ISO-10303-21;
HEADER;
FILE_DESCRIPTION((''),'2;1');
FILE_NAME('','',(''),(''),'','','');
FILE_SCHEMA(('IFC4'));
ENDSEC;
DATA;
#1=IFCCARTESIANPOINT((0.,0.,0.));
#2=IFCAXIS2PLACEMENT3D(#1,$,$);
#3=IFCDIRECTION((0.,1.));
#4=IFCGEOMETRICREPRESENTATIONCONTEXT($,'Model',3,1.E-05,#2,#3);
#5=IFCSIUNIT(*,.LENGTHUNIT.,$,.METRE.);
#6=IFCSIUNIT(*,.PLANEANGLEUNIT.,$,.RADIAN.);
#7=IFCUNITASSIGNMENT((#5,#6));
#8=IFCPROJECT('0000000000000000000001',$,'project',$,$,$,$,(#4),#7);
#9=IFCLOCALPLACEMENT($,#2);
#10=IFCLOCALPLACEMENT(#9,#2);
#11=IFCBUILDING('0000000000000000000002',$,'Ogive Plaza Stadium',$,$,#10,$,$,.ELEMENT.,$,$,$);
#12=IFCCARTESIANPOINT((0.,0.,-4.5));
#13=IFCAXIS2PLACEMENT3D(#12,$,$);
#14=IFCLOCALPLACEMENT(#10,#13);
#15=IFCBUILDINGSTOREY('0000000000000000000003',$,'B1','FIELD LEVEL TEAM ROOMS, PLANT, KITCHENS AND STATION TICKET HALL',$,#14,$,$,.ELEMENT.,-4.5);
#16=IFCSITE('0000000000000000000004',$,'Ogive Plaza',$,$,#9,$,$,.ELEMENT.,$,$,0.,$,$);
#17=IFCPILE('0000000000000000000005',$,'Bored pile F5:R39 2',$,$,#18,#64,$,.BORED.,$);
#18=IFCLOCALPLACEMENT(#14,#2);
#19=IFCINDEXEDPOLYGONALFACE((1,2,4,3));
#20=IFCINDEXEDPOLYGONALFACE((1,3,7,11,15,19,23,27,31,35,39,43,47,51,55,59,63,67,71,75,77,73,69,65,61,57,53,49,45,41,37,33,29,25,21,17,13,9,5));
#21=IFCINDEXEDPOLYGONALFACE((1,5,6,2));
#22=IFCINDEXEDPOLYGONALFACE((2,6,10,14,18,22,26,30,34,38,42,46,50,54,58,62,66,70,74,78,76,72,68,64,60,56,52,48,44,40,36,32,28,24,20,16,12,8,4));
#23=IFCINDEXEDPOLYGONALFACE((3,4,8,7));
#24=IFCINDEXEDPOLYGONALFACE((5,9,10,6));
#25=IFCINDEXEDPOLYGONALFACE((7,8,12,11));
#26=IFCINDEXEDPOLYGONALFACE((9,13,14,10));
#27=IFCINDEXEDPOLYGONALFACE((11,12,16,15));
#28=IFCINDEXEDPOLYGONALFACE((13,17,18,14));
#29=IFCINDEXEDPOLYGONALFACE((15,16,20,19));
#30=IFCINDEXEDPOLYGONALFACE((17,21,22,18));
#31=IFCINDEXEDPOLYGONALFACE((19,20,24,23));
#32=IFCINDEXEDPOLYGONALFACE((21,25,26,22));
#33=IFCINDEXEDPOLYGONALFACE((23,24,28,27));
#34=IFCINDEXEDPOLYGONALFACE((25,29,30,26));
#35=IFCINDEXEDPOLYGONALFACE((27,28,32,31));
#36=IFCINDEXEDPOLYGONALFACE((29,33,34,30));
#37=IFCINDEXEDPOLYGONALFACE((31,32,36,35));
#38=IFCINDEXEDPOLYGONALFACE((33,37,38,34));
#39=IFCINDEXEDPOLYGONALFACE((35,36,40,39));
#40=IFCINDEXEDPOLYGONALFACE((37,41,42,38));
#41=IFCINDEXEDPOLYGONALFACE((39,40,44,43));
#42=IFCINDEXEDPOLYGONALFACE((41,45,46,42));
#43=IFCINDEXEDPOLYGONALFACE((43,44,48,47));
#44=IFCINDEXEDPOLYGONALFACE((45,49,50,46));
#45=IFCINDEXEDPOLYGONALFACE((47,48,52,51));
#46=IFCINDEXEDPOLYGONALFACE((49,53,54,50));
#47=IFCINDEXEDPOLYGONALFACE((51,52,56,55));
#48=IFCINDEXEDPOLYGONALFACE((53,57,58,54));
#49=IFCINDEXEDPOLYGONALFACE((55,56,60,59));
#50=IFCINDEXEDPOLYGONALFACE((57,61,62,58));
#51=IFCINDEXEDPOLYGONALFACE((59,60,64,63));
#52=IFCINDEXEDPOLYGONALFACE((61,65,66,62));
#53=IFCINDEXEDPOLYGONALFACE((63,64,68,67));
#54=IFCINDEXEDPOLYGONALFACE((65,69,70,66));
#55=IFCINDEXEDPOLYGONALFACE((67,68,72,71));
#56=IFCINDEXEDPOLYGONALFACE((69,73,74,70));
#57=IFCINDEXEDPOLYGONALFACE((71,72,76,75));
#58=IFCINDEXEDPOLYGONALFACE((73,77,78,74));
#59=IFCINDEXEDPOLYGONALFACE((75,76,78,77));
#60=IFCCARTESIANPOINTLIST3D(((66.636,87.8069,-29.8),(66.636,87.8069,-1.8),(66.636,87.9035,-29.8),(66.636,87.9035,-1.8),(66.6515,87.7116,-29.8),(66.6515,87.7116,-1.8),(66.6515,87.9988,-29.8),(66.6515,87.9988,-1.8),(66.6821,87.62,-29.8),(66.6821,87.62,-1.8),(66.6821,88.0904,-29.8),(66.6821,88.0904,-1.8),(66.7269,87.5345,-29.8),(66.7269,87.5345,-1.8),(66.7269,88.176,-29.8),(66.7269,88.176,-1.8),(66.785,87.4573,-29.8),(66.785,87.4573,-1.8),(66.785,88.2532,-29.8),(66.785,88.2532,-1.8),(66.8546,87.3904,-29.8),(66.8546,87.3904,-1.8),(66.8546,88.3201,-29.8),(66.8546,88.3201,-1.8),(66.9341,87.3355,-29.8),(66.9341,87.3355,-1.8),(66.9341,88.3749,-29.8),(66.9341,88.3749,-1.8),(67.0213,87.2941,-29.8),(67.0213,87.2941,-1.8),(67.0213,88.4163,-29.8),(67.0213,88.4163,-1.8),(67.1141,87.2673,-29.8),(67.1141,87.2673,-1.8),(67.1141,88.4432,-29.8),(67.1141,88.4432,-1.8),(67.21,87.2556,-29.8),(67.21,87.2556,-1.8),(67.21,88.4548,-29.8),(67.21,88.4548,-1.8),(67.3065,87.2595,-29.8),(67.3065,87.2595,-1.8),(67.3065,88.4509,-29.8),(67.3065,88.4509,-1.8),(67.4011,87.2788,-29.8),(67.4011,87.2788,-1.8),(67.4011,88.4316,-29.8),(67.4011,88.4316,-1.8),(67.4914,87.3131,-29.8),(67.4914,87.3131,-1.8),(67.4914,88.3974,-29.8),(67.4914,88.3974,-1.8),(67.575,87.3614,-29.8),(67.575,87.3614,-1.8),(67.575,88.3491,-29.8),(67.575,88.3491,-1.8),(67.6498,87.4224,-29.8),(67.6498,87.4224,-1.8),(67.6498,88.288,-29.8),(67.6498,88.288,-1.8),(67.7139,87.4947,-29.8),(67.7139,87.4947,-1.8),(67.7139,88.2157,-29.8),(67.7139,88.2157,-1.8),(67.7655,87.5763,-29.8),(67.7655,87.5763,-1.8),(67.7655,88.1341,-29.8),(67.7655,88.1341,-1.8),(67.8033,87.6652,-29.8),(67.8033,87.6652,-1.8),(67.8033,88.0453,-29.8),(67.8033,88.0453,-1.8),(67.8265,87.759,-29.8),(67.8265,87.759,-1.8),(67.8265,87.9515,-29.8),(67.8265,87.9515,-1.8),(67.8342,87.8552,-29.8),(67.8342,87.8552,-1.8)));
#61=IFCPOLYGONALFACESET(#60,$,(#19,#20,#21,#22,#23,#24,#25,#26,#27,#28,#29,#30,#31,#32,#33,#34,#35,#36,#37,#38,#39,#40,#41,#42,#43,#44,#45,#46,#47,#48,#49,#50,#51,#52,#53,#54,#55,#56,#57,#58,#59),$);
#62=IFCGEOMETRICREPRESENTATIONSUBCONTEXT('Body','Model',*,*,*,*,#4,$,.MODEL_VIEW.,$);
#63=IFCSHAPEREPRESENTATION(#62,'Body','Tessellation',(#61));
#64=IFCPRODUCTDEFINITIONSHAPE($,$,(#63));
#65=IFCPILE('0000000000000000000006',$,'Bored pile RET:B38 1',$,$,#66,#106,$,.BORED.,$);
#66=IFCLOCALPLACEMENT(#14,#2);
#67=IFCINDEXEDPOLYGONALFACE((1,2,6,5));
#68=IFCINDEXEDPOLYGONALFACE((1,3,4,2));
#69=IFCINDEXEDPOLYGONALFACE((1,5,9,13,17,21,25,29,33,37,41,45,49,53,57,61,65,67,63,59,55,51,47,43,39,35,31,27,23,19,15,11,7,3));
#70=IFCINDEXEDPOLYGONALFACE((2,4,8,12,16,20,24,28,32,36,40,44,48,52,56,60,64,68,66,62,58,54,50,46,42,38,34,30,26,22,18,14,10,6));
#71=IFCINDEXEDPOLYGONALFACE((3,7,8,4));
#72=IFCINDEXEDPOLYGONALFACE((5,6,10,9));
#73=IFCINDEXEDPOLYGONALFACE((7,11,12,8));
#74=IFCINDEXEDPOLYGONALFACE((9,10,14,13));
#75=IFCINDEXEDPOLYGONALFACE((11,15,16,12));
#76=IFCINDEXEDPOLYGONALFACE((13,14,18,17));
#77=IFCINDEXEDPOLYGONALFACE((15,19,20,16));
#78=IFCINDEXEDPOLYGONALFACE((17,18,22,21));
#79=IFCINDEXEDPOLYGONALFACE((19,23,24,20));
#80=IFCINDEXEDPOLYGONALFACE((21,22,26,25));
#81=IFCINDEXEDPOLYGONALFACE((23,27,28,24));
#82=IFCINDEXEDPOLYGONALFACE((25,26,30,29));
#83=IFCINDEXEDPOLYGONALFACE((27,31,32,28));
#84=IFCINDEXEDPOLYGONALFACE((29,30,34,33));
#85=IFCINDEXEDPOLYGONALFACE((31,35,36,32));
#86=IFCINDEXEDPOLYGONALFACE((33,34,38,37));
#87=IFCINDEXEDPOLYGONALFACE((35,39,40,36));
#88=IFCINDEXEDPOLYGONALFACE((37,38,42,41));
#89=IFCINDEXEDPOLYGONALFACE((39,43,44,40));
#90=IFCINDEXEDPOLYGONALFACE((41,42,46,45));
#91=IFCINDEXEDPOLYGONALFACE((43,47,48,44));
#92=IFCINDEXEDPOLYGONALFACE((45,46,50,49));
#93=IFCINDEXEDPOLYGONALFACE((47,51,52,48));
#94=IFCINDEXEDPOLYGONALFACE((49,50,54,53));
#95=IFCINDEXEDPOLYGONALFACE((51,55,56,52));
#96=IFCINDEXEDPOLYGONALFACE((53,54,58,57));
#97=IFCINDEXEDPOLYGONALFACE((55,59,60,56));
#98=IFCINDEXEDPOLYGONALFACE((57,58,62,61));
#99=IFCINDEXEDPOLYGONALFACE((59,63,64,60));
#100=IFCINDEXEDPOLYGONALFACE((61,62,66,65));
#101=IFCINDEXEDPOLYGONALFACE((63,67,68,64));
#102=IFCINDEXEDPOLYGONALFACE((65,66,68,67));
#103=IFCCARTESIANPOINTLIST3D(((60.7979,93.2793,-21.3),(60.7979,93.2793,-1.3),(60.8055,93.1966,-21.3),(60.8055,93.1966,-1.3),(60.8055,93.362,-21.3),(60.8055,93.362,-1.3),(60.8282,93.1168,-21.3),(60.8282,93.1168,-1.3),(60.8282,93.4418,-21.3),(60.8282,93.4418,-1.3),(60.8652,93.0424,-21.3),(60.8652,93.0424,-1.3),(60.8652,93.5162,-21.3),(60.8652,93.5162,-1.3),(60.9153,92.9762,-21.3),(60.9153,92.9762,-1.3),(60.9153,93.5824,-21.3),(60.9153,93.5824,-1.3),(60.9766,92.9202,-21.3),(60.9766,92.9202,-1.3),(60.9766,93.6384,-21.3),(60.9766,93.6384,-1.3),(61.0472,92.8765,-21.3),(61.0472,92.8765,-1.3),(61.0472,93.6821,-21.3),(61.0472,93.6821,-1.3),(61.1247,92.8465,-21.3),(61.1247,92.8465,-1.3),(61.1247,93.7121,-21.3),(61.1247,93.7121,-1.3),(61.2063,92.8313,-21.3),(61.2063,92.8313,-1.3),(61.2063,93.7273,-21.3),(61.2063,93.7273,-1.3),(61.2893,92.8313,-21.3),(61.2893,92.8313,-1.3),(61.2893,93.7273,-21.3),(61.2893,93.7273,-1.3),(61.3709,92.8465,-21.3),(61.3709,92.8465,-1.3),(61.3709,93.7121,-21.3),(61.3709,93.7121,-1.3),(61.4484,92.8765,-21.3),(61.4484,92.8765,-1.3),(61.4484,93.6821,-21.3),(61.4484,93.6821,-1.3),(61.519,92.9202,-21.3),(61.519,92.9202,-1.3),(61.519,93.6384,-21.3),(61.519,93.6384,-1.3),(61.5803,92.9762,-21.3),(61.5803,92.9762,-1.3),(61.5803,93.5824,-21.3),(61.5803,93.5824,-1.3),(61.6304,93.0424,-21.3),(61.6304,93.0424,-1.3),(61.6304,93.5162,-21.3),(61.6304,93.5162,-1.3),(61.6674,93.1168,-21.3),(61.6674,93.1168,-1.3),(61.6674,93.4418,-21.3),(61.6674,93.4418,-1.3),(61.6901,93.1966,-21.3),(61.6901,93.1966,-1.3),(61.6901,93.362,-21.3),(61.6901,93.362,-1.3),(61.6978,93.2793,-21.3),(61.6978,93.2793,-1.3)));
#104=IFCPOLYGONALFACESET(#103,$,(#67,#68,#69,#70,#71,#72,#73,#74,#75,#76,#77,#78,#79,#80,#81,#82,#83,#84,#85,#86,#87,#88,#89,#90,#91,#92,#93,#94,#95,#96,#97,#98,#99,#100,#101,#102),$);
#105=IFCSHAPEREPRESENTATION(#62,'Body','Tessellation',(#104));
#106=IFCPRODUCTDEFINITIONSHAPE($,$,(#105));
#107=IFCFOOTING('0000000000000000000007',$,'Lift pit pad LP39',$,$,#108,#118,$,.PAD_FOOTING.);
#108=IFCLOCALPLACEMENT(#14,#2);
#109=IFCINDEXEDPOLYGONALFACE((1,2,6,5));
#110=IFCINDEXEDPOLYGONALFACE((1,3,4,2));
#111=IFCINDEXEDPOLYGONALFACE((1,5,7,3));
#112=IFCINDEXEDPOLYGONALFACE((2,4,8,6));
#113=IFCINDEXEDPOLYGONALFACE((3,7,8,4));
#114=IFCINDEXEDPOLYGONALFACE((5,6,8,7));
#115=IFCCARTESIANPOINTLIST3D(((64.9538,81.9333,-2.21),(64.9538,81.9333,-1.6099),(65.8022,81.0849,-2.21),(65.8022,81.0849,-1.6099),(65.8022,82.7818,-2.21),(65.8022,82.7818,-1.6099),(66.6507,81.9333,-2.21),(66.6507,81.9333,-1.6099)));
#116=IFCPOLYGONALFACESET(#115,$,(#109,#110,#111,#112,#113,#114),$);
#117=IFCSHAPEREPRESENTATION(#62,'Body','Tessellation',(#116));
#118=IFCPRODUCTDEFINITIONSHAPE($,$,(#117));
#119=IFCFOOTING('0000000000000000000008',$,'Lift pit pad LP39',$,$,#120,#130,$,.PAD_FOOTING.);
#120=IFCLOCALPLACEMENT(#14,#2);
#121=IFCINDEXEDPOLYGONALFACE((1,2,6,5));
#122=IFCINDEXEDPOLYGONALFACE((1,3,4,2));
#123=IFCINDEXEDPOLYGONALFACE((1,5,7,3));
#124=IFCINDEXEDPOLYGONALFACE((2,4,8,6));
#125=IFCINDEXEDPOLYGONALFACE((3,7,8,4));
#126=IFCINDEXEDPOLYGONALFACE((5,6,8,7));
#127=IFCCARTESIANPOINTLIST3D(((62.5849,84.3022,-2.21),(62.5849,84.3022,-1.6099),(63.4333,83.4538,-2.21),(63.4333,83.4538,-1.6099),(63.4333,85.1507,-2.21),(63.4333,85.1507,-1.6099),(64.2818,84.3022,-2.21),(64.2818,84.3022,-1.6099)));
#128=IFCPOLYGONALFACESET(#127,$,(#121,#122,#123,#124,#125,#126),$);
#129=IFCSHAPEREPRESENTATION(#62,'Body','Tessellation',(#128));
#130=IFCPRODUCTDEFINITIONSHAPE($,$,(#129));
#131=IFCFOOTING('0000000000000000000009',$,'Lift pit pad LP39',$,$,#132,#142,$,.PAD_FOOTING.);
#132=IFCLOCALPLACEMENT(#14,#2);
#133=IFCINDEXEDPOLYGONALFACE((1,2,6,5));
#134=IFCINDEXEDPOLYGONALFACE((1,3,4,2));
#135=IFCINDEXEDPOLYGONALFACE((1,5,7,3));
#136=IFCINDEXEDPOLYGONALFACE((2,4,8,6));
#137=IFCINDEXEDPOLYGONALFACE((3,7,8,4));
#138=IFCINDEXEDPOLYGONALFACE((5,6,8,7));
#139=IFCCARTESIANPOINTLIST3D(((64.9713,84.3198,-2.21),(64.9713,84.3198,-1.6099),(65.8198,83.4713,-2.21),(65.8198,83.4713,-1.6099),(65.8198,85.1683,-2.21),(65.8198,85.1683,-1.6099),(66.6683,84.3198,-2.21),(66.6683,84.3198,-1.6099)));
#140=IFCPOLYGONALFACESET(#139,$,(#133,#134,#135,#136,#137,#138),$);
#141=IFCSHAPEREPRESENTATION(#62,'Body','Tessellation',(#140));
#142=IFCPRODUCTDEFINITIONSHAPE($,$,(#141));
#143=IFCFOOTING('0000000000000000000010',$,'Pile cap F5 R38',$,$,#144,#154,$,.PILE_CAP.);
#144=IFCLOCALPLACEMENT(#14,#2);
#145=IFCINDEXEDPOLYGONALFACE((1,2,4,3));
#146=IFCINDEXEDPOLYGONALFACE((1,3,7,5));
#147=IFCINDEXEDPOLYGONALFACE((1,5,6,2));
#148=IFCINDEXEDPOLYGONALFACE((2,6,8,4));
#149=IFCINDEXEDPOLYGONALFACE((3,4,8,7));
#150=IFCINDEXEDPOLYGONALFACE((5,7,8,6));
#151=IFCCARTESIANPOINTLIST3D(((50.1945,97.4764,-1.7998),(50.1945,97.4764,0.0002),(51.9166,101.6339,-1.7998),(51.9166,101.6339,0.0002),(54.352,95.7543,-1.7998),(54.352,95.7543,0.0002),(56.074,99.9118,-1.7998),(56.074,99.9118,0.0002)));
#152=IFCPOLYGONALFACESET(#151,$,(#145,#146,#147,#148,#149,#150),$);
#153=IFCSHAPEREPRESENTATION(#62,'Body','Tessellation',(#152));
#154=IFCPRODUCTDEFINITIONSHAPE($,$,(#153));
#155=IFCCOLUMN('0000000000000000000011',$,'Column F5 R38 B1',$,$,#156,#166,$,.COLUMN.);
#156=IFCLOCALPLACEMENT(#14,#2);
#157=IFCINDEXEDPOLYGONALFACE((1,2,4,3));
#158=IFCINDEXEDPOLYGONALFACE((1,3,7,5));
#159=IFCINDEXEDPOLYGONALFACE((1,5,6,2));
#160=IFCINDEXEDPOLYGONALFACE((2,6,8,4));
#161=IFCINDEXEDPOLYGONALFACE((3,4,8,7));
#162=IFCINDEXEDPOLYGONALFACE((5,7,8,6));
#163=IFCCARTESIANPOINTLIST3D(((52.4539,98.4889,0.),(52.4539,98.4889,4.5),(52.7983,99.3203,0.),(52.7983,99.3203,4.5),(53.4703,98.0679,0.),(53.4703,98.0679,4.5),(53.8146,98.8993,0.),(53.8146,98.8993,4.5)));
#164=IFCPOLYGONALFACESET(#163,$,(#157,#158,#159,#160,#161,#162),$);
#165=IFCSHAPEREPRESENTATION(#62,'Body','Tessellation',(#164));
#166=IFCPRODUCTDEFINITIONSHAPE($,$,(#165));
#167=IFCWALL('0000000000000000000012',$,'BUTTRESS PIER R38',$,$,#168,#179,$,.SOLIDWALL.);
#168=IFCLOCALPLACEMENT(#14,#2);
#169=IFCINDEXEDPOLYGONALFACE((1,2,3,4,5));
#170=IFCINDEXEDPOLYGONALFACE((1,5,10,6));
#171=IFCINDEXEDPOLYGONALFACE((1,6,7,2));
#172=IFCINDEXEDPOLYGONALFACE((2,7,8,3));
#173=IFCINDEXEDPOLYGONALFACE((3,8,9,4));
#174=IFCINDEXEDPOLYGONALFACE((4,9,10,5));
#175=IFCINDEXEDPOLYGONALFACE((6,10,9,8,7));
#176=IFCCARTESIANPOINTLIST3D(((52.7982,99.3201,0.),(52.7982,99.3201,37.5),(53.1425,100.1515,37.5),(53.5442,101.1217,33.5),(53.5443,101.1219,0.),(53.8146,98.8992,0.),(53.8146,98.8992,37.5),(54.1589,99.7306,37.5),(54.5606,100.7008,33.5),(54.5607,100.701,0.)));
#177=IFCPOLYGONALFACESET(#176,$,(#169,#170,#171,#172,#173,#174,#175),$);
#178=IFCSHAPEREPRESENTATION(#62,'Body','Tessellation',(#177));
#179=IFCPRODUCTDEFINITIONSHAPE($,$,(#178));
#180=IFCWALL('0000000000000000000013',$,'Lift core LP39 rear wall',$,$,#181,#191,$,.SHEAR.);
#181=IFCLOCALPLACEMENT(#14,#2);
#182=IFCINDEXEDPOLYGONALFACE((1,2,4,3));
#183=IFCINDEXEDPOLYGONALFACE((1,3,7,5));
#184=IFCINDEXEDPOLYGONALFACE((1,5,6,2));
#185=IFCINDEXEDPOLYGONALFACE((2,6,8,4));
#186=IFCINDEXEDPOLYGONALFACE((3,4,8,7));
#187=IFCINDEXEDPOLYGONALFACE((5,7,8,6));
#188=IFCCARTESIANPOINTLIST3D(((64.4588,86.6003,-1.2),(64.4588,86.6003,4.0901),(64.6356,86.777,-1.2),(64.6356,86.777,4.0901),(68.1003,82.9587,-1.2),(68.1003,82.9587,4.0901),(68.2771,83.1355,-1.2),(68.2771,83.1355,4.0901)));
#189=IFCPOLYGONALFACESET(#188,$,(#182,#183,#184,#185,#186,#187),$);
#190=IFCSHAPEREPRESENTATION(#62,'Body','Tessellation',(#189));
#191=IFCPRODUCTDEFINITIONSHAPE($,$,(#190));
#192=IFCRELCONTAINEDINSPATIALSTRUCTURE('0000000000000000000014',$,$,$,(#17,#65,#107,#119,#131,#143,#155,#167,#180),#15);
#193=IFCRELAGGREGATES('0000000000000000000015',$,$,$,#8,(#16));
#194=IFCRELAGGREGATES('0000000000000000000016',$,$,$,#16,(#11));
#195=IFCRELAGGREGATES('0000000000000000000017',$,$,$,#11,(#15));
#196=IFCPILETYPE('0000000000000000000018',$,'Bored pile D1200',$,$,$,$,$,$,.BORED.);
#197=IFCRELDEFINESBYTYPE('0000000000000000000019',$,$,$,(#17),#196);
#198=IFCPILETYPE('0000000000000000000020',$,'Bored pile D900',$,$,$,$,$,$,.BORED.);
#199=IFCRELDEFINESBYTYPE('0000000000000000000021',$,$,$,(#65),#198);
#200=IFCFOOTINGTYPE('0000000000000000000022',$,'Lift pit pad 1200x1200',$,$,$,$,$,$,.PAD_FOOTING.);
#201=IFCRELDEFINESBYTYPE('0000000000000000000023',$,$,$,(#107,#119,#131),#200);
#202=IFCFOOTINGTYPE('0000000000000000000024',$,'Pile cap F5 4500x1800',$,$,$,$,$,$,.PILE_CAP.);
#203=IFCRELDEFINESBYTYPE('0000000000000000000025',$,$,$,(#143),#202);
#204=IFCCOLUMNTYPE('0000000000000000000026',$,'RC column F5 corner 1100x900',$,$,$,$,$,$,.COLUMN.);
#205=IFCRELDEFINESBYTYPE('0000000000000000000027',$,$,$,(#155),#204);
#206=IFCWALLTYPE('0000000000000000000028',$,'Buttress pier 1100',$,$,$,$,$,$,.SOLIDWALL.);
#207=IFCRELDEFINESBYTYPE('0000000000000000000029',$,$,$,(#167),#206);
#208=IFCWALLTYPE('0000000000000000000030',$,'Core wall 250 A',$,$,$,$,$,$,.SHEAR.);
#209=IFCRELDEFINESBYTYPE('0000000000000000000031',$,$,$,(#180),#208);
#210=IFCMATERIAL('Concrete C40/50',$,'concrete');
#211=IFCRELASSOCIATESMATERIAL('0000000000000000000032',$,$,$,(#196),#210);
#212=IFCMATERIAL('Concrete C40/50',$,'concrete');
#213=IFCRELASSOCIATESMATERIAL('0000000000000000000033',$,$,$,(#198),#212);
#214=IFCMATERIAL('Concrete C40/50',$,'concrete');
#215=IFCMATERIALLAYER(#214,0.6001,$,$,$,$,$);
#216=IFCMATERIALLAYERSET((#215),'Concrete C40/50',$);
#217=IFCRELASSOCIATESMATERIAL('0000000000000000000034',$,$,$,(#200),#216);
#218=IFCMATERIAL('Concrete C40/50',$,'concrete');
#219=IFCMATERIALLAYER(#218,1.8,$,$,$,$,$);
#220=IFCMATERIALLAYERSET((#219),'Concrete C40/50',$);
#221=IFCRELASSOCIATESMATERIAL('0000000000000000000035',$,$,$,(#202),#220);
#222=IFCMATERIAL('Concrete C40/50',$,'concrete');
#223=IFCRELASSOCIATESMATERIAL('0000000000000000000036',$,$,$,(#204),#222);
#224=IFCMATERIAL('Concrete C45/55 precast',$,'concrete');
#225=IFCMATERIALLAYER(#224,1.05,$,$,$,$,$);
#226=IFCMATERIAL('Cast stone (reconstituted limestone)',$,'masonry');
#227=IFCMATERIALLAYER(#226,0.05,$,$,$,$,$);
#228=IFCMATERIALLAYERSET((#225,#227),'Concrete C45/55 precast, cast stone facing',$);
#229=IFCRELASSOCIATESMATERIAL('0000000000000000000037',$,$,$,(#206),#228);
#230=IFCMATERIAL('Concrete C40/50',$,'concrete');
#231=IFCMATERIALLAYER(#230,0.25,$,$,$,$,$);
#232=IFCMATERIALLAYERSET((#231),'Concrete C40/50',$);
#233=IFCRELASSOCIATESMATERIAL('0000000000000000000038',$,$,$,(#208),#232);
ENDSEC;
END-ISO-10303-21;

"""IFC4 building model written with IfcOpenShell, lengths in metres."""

from ifc_helpers import new_model, si_unit, direction, frame, frame_2d, origin, origin_2d, place, context, subcontext, project, spatial, polyline, rectangle, circle, outline, extrude, material, layer, layer_set, material_profile, profile_set, type_object, element, save


model = new_model("IFC4")

# Units and contexts
model_context = context("Model", 3, precision=1e-05, world=origin(), true_north=direction((0.0, 1.0)))
body_context = subcontext(model_context, "Body", "Model", "MODEL_VIEW")
ifc_project = project(units=[si_unit("LENGTHUNIT", "METRE"), si_unit("PLANEANGLEUNIT", "RADIAN")], contexts=[model_context])

# Site, building, storey
site_placement = place(None, origin())
site = spatial("IfcSite", under=ifc_project, at=site_placement, Name="Ogive Plaza", CompositionType="ELEMENT", RefElevation=0.0)
building_placement = place(site_placement, origin())
building = spatial("IfcBuilding", under=site, at=building_placement, Name="Ogive Plaza Stadium", CompositionType="ELEMENT")
storey_placement = place(building_placement, frame((0.0, 0.0, -4.5)))
storey = spatial("IfcBuildingStorey", under=building, at=storey_placement, Name="B1", Description="FIELD LEVEL TEAM ROOMS, PLANT, KITCHENS AND STATION TICKET HALL", CompositionType="ELEMENT", Elevation=-4.5)

# Piles
ifc_material_1 = material(Name="Concrete C40/50", Category="concrete")
ifc_material_profile_1 = material_profile(ifc_material_1, circle(Radius=0.6001, at=origin_2d()), Name="RC D1200")
ifc_profile_set_1 = profile_set([ifc_material_profile_1], Name="Concrete C40/50")
pile_type_1 = type_object("IfcPileType", Name="Bored pile D1200", PredefinedType="BORED", material=ifc_profile_set_1)
pile_1_placement = place(storey_placement, frame((67.2341, 87.8552, -1.8), z_axis=(0.0, 0.0, -1.0), x_axis=(1.0, 0.0, 0.0)))
element("IfcPile", 1, at=pile_1_placement, inside=storey, type_object=pile_type_1, Name="Bored pile F5:R39 2", PredefinedType="BORED", context=body_context, shape_type="SweptSolid", body=[
    extrude(circle(Radius=0.6001, at=origin_2d()), origin(), (0.0, 0.0, 1.0), 28.0),
])
ifc_material_2 = material(Name="Concrete C40/50", Category="concrete")
ifc_material_profile_2 = material_profile(ifc_material_2, circle(Radius=0.45, at=origin_2d()), Name="RC D900")
ifc_profile_set_2 = profile_set([ifc_material_profile_2], Name="Concrete C40/50")
pile_type_2 = type_object("IfcPileType", Name="Bored pile D900", PredefinedType="BORED", material=ifc_profile_set_2)
pile_2_placement = place(storey_placement, frame((61.2478, 93.2793, -1.3), z_axis=(0.0, 0.0, -1.0), x_axis=(1.0, 0.0, 0.0)))
element("IfcPile", 2, at=pile_2_placement, inside=storey, type_object=pile_type_2, Name="Bored pile RET:B38 1", PredefinedType="BORED", context=body_context, shape_type="SweptSolid", body=[
    extrude(circle(Radius=0.45, at=origin_2d()), origin(), (0.0, 0.0, 1.0), 20.0),
])

# Footings
ifc_material_3 = material(Name="Concrete C40/50", Category="concrete")
ifc_layer_1 = layer(ifc_material_3, 0.6001)
ifc_layer_set_1 = layer_set([ifc_layer_1], Name="Concrete C40/50")
footing_type_1 = type_object("IfcFootingType", Name="Lift pit pad 1200x1200", PredefinedType="PAD_FOOTING", material=ifc_layer_set_1)
for number, where, z_axis, x_axis, name in (
    (3, (65.8022, 81.9333, -2.21), (0.0, 0.0, 1.0), (0.707107, 0.707107, 0.0), "Lift pit pad LP39"),
    (4, (63.4333, 84.3022, -2.21), (0.0, 0.0, 1.0), (0.707107, 0.707107, 0.0), "Lift pit pad LP39"),
    (5, (65.8198, 84.3198, -2.21), (0.0, 0.0, 1.0), (0.707107, 0.707107, 0.0), "Lift pit pad LP39"),
):
    element("IfcFooting", number, at=place(storey_placement, frame(where, z_axis=z_axis, x_axis=x_axis)), inside=storey, type_object=footing_type_1, Name=name, PredefinedType="PAD_FOOTING", context=body_context, shape_type="SweptSolid", body=[
        extrude(rectangle(XDim=1.2, YDim=1.2, at=origin_2d()), origin(), (0.0, 0.0, 1.0), 0.6001),
    ])
ifc_material_4 = material(Name="Concrete C40/50", Category="concrete")
ifc_layer_2 = layer(ifc_material_4, 1.8)
ifc_layer_set_2 = layer_set([ifc_layer_2], Name="Concrete C40/50")
footing_type_2 = type_object("IfcFootingType", Name="Pile cap F5 4500x1800", PredefinedType="PILE_CAP", material=ifc_layer_set_2)
footing_placement = place(storey_placement, frame((53.1343, 98.6941, -1.7998), z_axis=(0.0, 0.0, 1.0), x_axis=(0.382683, 0.92388, 0.0)))
element("IfcFooting", 6, at=footing_placement, inside=storey, type_object=footing_type_2, Name="Pile cap F5 R38", PredefinedType="PILE_CAP", context=body_context, shape_type="SweptSolid", body=[
    extrude(rectangle(XDim=4.5, YDim=4.5, at=origin_2d()), origin(), (0.0, 0.0, 1.0), 1.8),
])

# Column
ifc_material_5 = material(Name="Concrete C40/50", Category="concrete")
ifc_material_profile_3 = material_profile(ifc_material_5, rectangle(XDim=1.1001, YDim=0.8999, at=origin_2d()), Name="RC 1100x900")
ifc_profile_set_3 = profile_set([ifc_material_profile_3], Name="Concrete C40/50")
column_type = type_object("IfcColumnType", Name="RC column F5 corner 1100x900", PredefinedType="COLUMN", material=ifc_profile_set_3)
column_placement = place(storey_placement, frame((53.1343, 98.6941, 0.0), z_axis=(0.0, 0.0, 1.0), x_axis=(-0.92388, 0.382683, 0.0)))
element("IfcColumn", 7, at=column_placement, inside=storey, type_object=column_type, Name="Column F5 R38 B1", PredefinedType="COLUMN", context=body_context, shape_type="SweptSolid", body=[
    extrude(rectangle(XDim=1.1001, YDim=0.8999, at=origin_2d()), origin(), (0.0, 0.0, 1.0), 4.5),
])

# Walls
ifc_material_6 = material(Name="Concrete C45/55 precast", Category="concrete")
ifc_layer_3 = layer(ifc_material_6, 1.05)
ifc_material_7 = material(Name="Cast stone (reconstituted limestone)", Category="masonry")
ifc_layer_4 = layer(ifc_material_7, 0.05)
ifc_layer_set_3 = layer_set([ifc_layer_3, ifc_layer_4], Name="Concrete C45/55 precast, cast stone facing")
wall_type_1 = type_object("IfcWallType", Name="Buttress pier 1100", PredefinedType="SOLIDWALL", material=ifc_layer_set_3)
wall_1_placement = place(storey_placement, frame((53.3064, 99.1096, 0.0), z_axis=(0.0, 0.0, 1.0), x_axis=(0.382588, 0.923919, 0.0)))
element("IfcWall", 8, at=wall_1_placement, inside=storey, type_object=wall_type_1, Name="BUTTRESS PIER R38", PredefinedType="SOLIDWALL", context=body_context, shape_type="SweptSolid", body=[
    extrude(outline(polyline([(0.0, 0.0), (1.9502, 0.0), (1.95, 33.5), (0.8999, 37.5), (0.0, 37.5), (0.0, 0.0)])), frame((0.0, 0.55, 0.0), z_axis=(0.0, -1.0, 0.0), x_axis=(1.0, 0.0, 0.0)), (0.0, 0.0, 1.0), 1.1001),
])
ifc_material_8 = material(Name="Concrete C40/50", Category="concrete")
ifc_layer_5 = layer(ifc_material_8, 0.25)
ifc_layer_set_4 = layer_set([ifc_layer_5], Name="Concrete C40/50")
wall_type_2 = type_object("IfcWallType", Name="Core wall 250 A", PredefinedType="SHEAR", material=ifc_layer_set_4)
wall_2_placement = place(storey_placement, frame((68.1887, 83.0471, -1.2), z_axis=(0.0, 0.0, 1.0), x_axis=(-0.707107, 0.707107, 0.0)))
element("IfcWall", 9, at=wall_2_placement, inside=storey, type_object=wall_type_2, Name="Lift core LP39 rear wall", PredefinedType="SHEAR", context=body_context, shape_type="SweptSolid", body=[
    extrude(rectangle(XDim=5.1499, YDim=0.25, at=frame_2d((2.575, 0.0))), origin(), (0.0, 0.0, 1.0), 5.29),
])

save(model, "model.ifc")
